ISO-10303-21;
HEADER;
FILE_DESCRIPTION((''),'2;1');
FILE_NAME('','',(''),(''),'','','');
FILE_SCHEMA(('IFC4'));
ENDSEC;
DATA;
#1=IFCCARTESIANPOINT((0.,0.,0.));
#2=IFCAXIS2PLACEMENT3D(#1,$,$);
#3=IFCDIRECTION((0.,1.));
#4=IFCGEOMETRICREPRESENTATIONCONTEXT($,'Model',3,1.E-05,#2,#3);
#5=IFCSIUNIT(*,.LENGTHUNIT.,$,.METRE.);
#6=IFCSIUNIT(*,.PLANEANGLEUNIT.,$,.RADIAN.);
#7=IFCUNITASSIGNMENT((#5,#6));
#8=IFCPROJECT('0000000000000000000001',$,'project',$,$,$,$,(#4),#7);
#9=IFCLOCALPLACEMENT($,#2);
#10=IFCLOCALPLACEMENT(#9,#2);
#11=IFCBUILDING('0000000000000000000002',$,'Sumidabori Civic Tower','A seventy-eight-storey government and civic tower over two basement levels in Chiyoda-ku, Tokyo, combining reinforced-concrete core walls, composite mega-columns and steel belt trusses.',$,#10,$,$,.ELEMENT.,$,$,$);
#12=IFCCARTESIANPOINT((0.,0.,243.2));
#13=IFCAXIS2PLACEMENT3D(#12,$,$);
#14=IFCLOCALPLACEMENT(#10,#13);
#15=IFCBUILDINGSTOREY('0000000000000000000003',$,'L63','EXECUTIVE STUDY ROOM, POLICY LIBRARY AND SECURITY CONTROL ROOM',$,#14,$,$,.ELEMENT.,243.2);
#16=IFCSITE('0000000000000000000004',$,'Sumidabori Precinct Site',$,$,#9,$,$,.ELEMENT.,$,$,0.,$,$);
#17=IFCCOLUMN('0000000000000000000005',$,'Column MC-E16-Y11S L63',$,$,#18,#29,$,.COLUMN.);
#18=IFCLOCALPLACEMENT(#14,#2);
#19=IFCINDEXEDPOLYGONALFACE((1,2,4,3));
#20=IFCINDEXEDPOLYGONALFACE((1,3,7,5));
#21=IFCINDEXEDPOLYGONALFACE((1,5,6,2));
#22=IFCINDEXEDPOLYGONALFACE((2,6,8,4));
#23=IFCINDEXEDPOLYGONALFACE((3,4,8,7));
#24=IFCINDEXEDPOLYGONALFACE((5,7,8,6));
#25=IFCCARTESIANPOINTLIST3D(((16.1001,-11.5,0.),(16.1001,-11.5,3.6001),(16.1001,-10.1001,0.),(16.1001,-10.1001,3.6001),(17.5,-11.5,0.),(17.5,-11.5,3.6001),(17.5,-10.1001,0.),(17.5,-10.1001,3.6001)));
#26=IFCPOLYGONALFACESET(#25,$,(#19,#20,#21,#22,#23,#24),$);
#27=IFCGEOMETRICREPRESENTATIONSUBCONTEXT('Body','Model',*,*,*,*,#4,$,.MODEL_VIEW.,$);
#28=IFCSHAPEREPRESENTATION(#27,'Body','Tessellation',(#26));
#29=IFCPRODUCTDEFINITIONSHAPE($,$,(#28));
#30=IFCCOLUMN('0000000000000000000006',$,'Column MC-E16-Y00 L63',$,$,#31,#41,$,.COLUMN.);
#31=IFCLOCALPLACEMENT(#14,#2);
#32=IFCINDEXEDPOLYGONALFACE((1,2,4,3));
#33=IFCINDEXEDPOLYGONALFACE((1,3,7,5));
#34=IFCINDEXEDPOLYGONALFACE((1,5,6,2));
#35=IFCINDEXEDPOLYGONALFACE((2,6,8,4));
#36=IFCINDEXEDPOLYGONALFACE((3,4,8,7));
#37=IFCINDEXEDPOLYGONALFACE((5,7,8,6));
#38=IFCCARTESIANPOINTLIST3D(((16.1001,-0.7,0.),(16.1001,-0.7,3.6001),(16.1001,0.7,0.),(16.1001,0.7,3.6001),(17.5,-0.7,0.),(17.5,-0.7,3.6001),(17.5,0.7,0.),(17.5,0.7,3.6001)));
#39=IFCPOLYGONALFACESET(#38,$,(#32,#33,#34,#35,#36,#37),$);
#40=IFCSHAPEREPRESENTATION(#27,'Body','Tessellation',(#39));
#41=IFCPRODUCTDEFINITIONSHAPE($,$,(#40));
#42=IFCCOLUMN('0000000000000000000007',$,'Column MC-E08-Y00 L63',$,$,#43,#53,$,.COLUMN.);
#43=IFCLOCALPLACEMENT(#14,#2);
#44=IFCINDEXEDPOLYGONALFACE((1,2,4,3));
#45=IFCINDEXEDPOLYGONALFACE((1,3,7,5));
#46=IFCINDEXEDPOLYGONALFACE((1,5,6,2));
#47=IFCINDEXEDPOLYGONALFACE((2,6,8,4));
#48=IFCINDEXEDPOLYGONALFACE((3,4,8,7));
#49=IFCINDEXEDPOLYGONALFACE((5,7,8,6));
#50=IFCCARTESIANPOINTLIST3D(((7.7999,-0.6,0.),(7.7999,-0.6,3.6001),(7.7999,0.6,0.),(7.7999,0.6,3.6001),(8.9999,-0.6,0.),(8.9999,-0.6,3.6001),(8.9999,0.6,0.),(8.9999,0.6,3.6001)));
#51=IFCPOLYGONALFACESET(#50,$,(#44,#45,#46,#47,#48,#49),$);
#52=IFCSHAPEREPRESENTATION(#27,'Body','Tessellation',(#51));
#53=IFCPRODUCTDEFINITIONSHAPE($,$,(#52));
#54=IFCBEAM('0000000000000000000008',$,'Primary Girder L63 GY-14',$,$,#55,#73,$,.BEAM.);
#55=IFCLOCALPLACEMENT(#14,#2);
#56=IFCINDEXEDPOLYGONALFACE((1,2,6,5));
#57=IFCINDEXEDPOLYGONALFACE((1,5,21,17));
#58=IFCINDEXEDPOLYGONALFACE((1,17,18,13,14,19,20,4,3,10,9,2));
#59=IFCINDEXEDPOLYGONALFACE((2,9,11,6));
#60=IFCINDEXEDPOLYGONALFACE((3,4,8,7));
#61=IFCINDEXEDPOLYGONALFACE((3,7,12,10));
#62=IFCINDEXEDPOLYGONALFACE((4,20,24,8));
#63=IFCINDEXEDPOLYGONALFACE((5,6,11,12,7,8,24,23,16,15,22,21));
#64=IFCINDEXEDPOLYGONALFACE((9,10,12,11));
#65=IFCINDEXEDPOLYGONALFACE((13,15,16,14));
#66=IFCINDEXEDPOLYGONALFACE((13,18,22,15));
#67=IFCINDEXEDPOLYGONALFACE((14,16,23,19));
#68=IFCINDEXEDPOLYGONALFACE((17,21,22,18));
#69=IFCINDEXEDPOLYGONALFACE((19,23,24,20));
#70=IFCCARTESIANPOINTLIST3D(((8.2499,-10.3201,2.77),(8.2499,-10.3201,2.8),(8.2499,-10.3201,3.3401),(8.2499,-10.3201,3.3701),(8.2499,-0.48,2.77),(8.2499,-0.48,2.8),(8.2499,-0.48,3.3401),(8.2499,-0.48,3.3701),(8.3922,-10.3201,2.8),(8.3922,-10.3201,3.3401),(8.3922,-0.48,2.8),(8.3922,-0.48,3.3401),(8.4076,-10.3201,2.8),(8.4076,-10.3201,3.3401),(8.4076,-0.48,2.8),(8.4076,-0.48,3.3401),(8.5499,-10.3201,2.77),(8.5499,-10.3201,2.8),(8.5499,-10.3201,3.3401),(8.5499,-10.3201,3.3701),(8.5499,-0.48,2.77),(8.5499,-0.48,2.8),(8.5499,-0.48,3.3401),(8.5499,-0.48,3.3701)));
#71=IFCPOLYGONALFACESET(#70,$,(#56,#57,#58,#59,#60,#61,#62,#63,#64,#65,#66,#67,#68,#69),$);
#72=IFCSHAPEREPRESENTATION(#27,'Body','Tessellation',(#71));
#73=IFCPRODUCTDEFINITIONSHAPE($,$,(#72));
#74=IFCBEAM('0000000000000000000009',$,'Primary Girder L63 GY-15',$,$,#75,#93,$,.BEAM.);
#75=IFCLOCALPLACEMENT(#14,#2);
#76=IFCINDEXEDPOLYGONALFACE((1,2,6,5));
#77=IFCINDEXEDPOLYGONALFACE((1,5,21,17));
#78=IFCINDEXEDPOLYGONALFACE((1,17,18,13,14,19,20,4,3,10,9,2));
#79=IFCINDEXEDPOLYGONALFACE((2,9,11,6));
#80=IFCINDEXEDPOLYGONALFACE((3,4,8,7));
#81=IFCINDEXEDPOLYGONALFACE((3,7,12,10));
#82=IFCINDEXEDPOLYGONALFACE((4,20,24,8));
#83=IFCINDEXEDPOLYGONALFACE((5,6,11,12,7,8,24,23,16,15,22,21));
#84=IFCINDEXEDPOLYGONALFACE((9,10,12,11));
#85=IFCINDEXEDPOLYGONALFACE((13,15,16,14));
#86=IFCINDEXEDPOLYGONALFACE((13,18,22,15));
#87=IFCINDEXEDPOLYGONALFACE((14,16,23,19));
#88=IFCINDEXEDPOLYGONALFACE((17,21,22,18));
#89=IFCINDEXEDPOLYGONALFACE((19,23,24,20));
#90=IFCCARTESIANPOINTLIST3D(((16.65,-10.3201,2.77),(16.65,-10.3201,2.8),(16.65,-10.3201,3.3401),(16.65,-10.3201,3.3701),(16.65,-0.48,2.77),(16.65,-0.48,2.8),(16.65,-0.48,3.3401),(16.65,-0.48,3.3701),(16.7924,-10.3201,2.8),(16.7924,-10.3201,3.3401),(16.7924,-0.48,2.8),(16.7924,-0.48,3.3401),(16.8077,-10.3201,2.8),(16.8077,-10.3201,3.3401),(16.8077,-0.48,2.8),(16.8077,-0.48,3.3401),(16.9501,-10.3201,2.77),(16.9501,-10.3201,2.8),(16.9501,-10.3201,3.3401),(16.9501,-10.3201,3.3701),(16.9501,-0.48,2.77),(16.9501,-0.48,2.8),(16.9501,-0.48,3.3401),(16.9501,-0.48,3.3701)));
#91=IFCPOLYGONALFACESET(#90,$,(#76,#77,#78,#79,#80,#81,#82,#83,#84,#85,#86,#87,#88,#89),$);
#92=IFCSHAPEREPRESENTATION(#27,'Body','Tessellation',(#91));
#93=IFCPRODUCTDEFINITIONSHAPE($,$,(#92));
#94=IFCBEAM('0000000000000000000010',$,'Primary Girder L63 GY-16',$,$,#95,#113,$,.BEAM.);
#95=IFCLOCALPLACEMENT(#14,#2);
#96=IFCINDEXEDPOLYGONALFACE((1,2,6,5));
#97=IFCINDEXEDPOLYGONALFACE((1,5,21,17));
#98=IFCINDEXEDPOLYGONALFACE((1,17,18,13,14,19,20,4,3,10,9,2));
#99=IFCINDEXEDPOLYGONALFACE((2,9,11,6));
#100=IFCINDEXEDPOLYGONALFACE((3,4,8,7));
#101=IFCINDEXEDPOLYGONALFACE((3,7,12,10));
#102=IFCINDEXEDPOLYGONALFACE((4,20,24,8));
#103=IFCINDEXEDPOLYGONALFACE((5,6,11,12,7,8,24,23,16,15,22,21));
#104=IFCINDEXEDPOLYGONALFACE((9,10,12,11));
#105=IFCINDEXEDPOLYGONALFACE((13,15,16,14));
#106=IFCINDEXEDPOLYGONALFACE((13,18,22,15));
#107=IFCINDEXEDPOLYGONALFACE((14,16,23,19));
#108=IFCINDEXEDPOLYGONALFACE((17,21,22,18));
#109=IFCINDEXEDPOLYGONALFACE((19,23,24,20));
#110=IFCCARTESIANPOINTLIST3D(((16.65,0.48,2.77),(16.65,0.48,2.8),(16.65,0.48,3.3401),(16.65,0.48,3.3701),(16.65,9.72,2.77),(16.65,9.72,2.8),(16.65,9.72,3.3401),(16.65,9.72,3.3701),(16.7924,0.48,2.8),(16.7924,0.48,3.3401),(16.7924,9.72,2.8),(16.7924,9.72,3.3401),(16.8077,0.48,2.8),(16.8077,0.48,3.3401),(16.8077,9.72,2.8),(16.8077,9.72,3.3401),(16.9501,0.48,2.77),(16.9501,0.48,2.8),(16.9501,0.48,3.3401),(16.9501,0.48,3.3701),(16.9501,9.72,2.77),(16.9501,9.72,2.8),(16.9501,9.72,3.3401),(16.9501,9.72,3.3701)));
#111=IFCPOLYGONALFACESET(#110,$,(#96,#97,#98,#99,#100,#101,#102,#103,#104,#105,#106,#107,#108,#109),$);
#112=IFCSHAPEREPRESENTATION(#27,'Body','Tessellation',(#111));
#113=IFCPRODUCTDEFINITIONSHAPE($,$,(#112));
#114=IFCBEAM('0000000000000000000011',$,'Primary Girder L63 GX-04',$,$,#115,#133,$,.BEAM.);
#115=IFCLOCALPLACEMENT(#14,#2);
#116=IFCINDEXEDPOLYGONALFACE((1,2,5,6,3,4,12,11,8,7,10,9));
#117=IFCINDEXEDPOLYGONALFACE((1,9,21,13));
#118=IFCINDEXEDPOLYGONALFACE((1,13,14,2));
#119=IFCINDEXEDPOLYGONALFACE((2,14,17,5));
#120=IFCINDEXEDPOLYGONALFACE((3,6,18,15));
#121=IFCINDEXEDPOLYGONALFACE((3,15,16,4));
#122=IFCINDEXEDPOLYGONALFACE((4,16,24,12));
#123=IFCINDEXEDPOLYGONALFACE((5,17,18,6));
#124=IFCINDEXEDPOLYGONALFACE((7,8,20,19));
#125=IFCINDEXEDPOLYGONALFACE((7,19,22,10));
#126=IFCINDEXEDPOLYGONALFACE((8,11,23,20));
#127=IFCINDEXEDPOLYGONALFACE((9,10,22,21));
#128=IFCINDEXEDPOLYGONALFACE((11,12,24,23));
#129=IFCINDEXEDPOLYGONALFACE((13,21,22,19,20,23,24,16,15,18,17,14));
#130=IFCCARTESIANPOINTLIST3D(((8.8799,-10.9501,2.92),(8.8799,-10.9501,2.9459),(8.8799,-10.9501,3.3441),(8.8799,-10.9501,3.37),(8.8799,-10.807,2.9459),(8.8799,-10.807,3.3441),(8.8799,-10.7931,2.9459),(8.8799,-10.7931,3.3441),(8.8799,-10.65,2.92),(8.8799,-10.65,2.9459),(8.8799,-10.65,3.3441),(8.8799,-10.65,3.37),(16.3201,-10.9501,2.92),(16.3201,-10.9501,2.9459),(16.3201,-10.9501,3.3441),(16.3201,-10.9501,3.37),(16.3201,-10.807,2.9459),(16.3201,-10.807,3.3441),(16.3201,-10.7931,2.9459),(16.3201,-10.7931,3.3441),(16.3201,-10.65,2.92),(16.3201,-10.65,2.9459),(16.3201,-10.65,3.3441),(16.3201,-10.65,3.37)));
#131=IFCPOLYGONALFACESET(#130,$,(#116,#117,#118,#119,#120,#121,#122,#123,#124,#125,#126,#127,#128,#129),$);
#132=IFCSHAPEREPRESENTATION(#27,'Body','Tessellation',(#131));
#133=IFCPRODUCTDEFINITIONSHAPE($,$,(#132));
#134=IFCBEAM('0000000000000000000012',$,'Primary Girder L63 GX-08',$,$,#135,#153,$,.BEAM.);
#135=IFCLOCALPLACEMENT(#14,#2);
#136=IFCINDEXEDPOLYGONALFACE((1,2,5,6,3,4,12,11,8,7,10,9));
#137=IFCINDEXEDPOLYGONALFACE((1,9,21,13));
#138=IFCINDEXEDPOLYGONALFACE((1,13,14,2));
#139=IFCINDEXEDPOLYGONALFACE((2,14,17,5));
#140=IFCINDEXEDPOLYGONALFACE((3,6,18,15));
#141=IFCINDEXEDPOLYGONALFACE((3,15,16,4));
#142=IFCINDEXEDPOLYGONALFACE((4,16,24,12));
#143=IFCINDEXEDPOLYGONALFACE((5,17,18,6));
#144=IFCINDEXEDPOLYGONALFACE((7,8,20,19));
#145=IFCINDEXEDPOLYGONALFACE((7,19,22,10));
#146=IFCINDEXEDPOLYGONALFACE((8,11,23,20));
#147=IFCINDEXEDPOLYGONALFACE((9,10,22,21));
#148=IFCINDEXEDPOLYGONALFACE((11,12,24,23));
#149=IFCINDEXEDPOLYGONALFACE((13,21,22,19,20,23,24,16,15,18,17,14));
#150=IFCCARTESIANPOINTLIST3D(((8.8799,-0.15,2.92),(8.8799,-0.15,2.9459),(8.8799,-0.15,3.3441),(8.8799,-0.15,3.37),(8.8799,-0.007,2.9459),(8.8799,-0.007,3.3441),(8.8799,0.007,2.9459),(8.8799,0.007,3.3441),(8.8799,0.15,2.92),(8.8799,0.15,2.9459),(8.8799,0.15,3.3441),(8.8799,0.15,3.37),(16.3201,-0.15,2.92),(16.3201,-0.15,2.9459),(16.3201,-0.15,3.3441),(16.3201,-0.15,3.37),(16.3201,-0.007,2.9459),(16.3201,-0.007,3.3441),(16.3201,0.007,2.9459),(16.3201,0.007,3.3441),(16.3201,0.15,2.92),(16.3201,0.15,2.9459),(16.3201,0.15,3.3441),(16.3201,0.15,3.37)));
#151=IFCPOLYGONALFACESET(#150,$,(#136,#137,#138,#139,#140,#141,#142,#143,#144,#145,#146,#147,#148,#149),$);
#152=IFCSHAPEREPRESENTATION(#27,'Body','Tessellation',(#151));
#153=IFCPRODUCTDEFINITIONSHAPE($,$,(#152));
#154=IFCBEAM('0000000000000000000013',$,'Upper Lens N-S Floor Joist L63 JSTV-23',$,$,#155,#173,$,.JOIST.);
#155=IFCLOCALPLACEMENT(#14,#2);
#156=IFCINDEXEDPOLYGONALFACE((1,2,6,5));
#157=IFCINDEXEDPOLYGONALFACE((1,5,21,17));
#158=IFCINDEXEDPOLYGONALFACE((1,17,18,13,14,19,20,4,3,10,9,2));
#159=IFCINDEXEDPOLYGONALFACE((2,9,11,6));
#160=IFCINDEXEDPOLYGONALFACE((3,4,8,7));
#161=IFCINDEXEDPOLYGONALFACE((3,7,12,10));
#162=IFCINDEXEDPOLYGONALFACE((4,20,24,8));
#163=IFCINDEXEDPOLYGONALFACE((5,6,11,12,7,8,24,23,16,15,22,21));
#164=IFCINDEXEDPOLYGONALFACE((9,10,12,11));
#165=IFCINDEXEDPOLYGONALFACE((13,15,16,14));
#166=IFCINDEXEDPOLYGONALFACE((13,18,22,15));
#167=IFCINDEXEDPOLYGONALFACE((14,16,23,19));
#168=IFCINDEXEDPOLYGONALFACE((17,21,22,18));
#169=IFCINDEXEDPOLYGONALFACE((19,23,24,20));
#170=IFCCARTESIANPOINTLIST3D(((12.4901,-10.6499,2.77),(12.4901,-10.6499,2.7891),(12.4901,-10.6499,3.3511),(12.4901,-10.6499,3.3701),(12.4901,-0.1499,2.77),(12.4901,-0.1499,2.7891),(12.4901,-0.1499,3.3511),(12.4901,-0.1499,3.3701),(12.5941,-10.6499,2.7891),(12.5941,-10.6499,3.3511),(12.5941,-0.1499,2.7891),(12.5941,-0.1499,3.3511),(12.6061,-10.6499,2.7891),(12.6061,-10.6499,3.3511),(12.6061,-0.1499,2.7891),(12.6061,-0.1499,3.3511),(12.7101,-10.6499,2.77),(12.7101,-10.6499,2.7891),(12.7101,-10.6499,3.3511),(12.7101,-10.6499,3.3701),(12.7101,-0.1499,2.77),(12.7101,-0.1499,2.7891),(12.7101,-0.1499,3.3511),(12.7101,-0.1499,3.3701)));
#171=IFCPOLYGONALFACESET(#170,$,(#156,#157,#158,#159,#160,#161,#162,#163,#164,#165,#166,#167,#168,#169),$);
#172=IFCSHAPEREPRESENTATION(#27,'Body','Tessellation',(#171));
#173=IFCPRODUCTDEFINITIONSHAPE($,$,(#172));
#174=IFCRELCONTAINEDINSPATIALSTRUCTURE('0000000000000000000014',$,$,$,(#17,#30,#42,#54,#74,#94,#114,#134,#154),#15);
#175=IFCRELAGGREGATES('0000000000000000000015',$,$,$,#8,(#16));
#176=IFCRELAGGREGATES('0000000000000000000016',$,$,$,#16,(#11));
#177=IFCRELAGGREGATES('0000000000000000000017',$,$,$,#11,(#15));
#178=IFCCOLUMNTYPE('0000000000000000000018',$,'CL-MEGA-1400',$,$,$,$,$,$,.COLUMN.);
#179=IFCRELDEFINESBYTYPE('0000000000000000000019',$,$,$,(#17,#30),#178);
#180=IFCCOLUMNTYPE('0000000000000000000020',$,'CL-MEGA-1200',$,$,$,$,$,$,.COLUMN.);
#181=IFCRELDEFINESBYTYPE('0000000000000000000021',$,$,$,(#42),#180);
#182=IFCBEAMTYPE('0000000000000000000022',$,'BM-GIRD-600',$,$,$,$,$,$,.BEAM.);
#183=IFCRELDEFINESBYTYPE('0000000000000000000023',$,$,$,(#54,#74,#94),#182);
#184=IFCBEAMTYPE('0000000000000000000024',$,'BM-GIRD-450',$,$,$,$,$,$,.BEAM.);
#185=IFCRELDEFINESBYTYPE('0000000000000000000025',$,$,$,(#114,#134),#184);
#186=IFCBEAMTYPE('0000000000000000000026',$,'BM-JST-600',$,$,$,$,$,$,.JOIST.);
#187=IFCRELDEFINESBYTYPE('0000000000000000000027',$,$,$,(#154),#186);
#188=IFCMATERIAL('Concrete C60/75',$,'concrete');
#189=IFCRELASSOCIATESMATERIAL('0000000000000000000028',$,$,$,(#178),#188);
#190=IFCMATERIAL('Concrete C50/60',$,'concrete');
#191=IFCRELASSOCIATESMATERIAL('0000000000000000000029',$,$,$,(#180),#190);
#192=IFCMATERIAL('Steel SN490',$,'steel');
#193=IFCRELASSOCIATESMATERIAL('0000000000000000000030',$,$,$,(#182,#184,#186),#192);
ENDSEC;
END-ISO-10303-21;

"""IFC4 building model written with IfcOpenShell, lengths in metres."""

from ifc_helpers import new_model, si_unit, direction, frame, origin, origin_2d, place, context, subcontext, project, spatial, rectangle, i_section, extrude, source, transform, mapped, material, material_profile, profile_set, type_object, element, save


model = new_model("IFC4")

# Units and contexts
model_context = context("Model", 3, precision=1e-05, world=origin(), true_north=direction((0.0, 1.0)))
body_context = subcontext(model_context, "Body", "Model", "MODEL_VIEW")
ifc_project = project(units=[si_unit("LENGTHUNIT", "METRE"), si_unit("PLANEANGLEUNIT", "RADIAN")], contexts=[model_context])

# Site, building, storey
site_placement = place(None, origin())
site = spatial("IfcSite", under=ifc_project, at=site_placement, Name="Sumidabori Precinct Site", CompositionType="ELEMENT", RefElevation=0.0)
building_placement = place(site_placement, origin())
building = spatial("IfcBuilding", under=site, at=building_placement, Name="Sumidabori Civic Tower", Description="A seventy-eight-storey government and civic tower over two basement levels in Chiyoda-ku, Tokyo, combining reinforced-concrete core walls, composite mega-columns and steel belt trusses.", CompositionType="ELEMENT")
storey_placement = place(building_placement, frame((0.0, 0.0, 243.2)))
storey = spatial("IfcBuildingStorey", under=building, at=storey_placement, Name="L63", Description="EXECUTIVE STUDY ROOM, POLICY LIBRARY AND SECURITY CONTROL ROOM", CompositionType="ELEMENT", Elevation=243.2)

# Columns
ifc_material_1 = material(Name="Concrete C60/75", Category="concrete")
ifc_material_profile_1 = material_profile(ifc_material_1, rectangle(XDim=1.3999, YDim=1.3999, at=origin_2d()), Name="RC 1400x1400")
ifc_profile_set_1 = profile_set([ifc_material_profile_1], Name="Concrete C60/75")
column_type_1 = type_object("IfcColumnType", Name="CL-MEGA-1400", PredefinedType="COLUMN", material=ifc_profile_set_1)
shared_shape_1 = source(origin(), body_context, "Body", "SweptSolid", [
    extrude(rectangle(XDim=1.3999, YDim=1.3999, at=origin_2d()), origin(), (0.0, 0.0, 1.0), 3.6001),
])
for number, where, z_axis, x_axis, name in (
    (1, (16.8, -10.8, 0.0), (0.0, 0.0, 1.0), (1.0, 0.0, 0.0), "Column MC-E16-Y11S L63"),
    (2, (16.8, 0.0, 0.0), (0.0, 0.0, 1.0), (1.0, 0.0, 0.0), "Column MC-E16-Y00 L63"),
):
    element("IfcColumn", number, at=place(storey_placement, frame(where, z_axis=z_axis, x_axis=x_axis)), inside=storey, type_object=column_type_1, Name=name, PredefinedType="COLUMN", context=body_context, shape_type="MappedRepresentation", body=[
        mapped(shared_shape_1, transform((0.0, 0.0, 0.0), x_axis=(1.0, 0.0, 0.0), y_axis=(0.0, 1.0, 0.0), z_axis=(0.0, 0.0, 1.0), scale=1.0)),
    ])
ifc_material_2 = material(Name="Concrete C50/60", Category="concrete")
ifc_material_profile_2 = material_profile(ifc_material_2, rectangle(XDim=1.2, YDim=1.2, at=origin_2d()), Name="RC 1200x1200")
ifc_profile_set_2 = profile_set([ifc_material_profile_2], Name="Concrete C50/60")
column_type_2 = type_object("IfcColumnType", Name="CL-MEGA-1200", PredefinedType="COLUMN", material=ifc_profile_set_2)
shared_shape_2 = source(origin(), body_context, "Body", "SweptSolid", [
    extrude(rectangle(XDim=1.2, YDim=1.2, at=origin_2d()), origin(), (0.0, 0.0, 1.0), 3.6001),
])
column_placement = place(storey_placement, frame((8.3999, 0.0, 0.0), z_axis=(0.0, 0.0, 1.0), x_axis=(1.0, 0.0, 0.0)))
element("IfcColumn", 3, at=column_placement, inside=storey, type_object=column_type_2, Name="Column MC-E08-Y00 L63", PredefinedType="COLUMN", context=body_context, shape_type="MappedRepresentation", body=[
    mapped(shared_shape_2, transform((0.0, 0.0, 0.0), x_axis=(1.0, 0.0, 0.0), y_axis=(0.0, 1.0, 0.0), z_axis=(0.0, 0.0, 1.0), scale=1.0)),
])

# Beams
ifc_material_3 = material(Name="Steel SN490", Category="steel")
ifc_material_profile_3 = material_profile(ifc_material_3, i_section(OverallWidth=0.3, OverallDepth=0.6001, WebThickness=0.0154, FlangeThickness=0.03, at=origin_2d()), Name="HE 600 B")
ifc_profile_set_3 = profile_set([ifc_material_profile_3], Name="Steel SN490")
beam_type_1 = type_object("IfcBeamType", Name="BM-GIRD-600", PredefinedType="BEAM", material=ifc_profile_set_3)
shared_shape_3 = source(origin(), body_context, "Body", "SweptSolid", [
    extrude(i_section(OverallWidth=0.3, OverallDepth=0.6001, WebThickness=0.0154, FlangeThickness=0.03, at=origin_2d()), origin(), (0.0, 0.0, 1.0), 9.8401),
])
for number, where, z_axis, x_axis, name in (
    (4, (8.3999, -10.3201, 3.0701), (0.0, 1.0, 0.0), (-1.0, 0.0, 0.0), "Primary Girder L63 GY-14"),
    (5, (16.8, -10.3201, 3.0701), (0.0, 1.0, 0.0), (-1.0, 0.0, 0.0), "Primary Girder L63 GY-15"),
):
    element("IfcBeam", number, at=place(storey_placement, frame(where, z_axis=z_axis, x_axis=x_axis)), inside=storey, type_object=beam_type_1, Name=name, PredefinedType="BEAM", context=body_context, shape_type="MappedRepresentation", body=[
        mapped(shared_shape_3, transform((0.0, 0.0, 0.0), x_axis=(1.0, 0.0, 0.0), y_axis=(0.0, 1.0, 0.0), z_axis=(0.0, 0.0, 1.0), scale=1.0)),
    ])
shared_shape_4 = source(origin(), body_context, "Body", "SweptSolid", [
    extrude(i_section(OverallWidth=0.3, OverallDepth=0.6001, WebThickness=0.0154, FlangeThickness=0.03, at=origin_2d()), origin(), (0.0, 0.0, 1.0), 9.24),
])
beam_1_placement = place(storey_placement, frame((16.8, 0.48, 3.0701), z_axis=(0.0, 1.0, 0.0), x_axis=(-1.0, 0.0, 0.0)))
element("IfcBeam", 6, at=beam_1_placement, inside=storey, type_object=beam_type_1, Name="Primary Girder L63 GY-16", PredefinedType="BEAM", context=body_context, shape_type="MappedRepresentation", body=[
    mapped(shared_shape_4, transform((0.0, 0.0, 0.0), x_axis=(1.0, 0.0, 0.0), y_axis=(0.0, 1.0, 0.0), z_axis=(0.0, 0.0, 1.0), scale=1.0)),
])
ifc_material_profile_4 = material_profile(ifc_material_3, i_section(OverallWidth=0.3, OverallDepth=0.45, WebThickness=0.0139, FlangeThickness=0.0259, at=origin_2d()), Name="HE 450 B")
ifc_profile_set_4 = profile_set([ifc_material_profile_4], Name="Steel SN490")
beam_type_2 = type_object("IfcBeamType", Name="BM-GIRD-450", PredefinedType="BEAM", material=ifc_profile_set_4)
shared_shape_5 = source(origin(), body_context, "Body", "SweptSolid", [
    extrude(i_section(OverallWidth=0.3, OverallDepth=0.45, WebThickness=0.0139, FlangeThickness=0.0259, at=origin_2d()), origin(), (0.0, 0.0, 1.0), 7.4402),
])
for number, where, z_axis, x_axis, name in (
    (7, (8.8799, -10.8, 3.145), (1.0, 0.0, 0.0), (0.0, 1.0, 0.0), "Primary Girder L63 GX-04"),
    (8, (8.8799, 0.0, 3.145), (1.0, 0.0, 0.0), (0.0, 1.0, 0.0), "Primary Girder L63 GX-08"),
):
    element("IfcBeam", number, at=place(storey_placement, frame(where, z_axis=z_axis, x_axis=x_axis)), inside=storey, type_object=beam_type_2, Name=name, PredefinedType="BEAM", context=body_context, shape_type="MappedRepresentation", body=[
        mapped(shared_shape_5, transform((0.0, 0.0, 0.0), x_axis=(1.0, 0.0, 0.0), y_axis=(0.0, 1.0, 0.0), z_axis=(0.0, 0.0, 1.0), scale=1.0)),
    ])
ifc_material_profile_5 = material_profile(ifc_material_3, i_section(OverallWidth=0.22, OverallDepth=0.6001, WebThickness=0.012, FlangeThickness=0.019, at=origin_2d()), Name="IPE 600")
ifc_profile_set_5 = profile_set([ifc_material_profile_5], Name="Steel SN490")
beam_type_3 = type_object("IfcBeamType", Name="BM-JST-600", PredefinedType="JOIST", material=ifc_profile_set_5)
shared_shape_6 = source(origin(), body_context, "Body", "SweptSolid", [
    extrude(i_section(OverallWidth=0.22, OverallDepth=0.6001, WebThickness=0.012, FlangeThickness=0.019, at=origin_2d()), origin(), (0.0, 0.0, 1.0), 10.5),
])
beam_2_placement = place(storey_placement, frame((12.6001, -10.6499, 3.0701), z_axis=(0.0, 1.0, 0.0), x_axis=(-1.0, 0.0, 0.0)))
element("IfcBeam", 9, at=beam_2_placement, inside=storey, type_object=beam_type_3, Name="Upper Lens N-S Floor Joist L63 JSTV-23", PredefinedType="JOIST", context=body_context, shape_type="MappedRepresentation", body=[
    mapped(shared_shape_6, transform((0.0, 0.0, 0.0), x_axis=(1.0, 0.0, 0.0), y_axis=(0.0, 1.0, 0.0), z_axis=(0.0, 0.0, 1.0), scale=1.0)),
])

save(model, "model.ifc")
